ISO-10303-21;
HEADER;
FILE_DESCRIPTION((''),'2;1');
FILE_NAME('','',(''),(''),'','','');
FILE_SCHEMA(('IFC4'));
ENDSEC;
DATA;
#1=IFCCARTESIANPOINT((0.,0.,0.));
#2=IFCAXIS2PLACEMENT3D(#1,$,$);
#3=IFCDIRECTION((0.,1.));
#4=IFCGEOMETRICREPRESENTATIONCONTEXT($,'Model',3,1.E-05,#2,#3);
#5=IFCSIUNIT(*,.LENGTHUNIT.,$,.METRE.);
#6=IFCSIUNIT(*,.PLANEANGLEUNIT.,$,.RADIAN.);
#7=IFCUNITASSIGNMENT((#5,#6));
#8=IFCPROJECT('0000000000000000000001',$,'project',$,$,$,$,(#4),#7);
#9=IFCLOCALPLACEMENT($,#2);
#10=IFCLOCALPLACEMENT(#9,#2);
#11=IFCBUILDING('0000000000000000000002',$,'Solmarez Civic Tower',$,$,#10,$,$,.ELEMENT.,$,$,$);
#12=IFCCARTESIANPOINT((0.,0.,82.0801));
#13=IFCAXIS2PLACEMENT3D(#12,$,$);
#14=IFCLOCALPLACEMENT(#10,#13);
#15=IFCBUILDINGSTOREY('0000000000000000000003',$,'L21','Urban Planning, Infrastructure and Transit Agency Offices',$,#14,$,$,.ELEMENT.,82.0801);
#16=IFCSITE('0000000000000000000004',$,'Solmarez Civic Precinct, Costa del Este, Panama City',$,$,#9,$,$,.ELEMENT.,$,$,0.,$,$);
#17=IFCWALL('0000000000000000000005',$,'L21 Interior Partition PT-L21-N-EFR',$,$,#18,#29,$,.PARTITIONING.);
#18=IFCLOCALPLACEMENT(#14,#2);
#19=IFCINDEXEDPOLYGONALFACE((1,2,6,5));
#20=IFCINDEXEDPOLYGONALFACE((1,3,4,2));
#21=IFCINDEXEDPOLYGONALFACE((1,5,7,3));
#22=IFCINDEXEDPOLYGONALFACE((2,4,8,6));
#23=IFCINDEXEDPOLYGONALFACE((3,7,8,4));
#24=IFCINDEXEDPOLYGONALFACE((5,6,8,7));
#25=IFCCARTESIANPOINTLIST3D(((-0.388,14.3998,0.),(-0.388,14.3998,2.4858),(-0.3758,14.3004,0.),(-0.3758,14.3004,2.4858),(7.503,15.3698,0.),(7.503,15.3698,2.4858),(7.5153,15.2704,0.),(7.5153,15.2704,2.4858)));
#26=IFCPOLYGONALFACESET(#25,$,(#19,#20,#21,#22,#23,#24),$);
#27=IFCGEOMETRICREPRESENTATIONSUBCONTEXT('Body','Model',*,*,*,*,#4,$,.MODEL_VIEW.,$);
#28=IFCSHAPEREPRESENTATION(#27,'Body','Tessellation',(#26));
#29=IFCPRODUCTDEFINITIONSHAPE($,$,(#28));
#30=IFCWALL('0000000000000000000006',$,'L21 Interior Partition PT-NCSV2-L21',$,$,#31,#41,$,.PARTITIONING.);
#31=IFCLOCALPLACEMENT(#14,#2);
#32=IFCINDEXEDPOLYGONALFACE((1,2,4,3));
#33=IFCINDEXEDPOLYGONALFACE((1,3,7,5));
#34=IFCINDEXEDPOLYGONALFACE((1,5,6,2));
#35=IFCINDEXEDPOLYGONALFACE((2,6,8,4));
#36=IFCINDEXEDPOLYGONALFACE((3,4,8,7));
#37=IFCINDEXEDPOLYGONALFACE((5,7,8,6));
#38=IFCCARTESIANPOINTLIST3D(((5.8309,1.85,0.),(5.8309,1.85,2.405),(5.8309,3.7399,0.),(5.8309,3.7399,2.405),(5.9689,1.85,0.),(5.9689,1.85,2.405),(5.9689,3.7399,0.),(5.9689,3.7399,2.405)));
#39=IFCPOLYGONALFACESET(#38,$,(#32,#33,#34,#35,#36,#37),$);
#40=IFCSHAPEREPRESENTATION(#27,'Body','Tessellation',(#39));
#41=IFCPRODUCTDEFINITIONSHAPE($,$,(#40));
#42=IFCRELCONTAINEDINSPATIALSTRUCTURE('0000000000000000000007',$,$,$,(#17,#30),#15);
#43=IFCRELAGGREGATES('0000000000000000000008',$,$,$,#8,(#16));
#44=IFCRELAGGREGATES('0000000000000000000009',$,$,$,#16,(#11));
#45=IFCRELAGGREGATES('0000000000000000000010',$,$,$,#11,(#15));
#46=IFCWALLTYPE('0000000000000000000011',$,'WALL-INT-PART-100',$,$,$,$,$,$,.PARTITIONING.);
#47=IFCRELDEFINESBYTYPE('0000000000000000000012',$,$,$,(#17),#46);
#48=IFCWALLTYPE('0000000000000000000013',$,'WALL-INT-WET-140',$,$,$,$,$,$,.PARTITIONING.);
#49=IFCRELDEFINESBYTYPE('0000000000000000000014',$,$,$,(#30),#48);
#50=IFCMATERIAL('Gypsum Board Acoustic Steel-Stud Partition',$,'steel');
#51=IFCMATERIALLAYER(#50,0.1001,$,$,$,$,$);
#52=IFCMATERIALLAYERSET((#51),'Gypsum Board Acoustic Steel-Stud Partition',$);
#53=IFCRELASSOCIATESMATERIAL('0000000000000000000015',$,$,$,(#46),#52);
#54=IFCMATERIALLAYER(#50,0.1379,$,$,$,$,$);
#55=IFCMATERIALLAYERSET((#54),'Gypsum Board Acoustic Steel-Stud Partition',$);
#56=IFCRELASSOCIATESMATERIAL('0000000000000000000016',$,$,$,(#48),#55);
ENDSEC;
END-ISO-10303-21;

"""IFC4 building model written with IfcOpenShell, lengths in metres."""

from ifc_helpers import new_model, si_unit, direction, frame, frame_2d, origin, place, context, subcontext, project, spatial, rectangle, extrude, material, layer, layer_set, type_object, element, save


model = new_model("IFC4")

# Units and contexts
model_context = context("Model", 3, precision=1e-05, world=origin(), true_north=direction((0.0, 1.0)))
body_context = subcontext(model_context, "Body", "Model", "MODEL_VIEW")
ifc_project = project(units=[si_unit("LENGTHUNIT", "METRE"), si_unit("PLANEANGLEUNIT", "RADIAN")], contexts=[model_context])

# Site, building, storey
site_placement = place(None, origin())
site = spatial("IfcSite", under=ifc_project, at=site_placement, Name="Solmarez Civic Precinct, Costa del Este, Panama City", CompositionType="ELEMENT", RefElevation=0.0)
building_placement = place(site_placement, origin())
building = spatial("IfcBuilding", under=site, at=building_placement, Name="Solmarez Civic Tower", CompositionType="ELEMENT")
storey_placement = place(building_placement, frame((0.0, 0.0, 82.0801)))
storey = spatial("IfcBuildingStorey", under=building, at=storey_placement, Name="L21", Description="Urban Planning, Infrastructure and Transit Agency Offices", CompositionType="ELEMENT", Elevation=82.0801)

# Walls
ifc_material_1 = material(Name="Gypsum Board Acoustic Steel-Stud Partition", Category="steel")
ifc_layer_1 = layer(ifc_material_1, 0.1001)
ifc_layer_set_1 = layer_set([ifc_layer_1], Name="Gypsum Board Acoustic Steel-Stud Partition")
wall_type_1 = type_object("IfcWallType", Name="WALL-INT-PART-100", PredefinedType="PARTITIONING", material=ifc_layer_set_1)
wall_1_placement = place(storey_placement, frame((7.509, 15.3201, 0.0), z_axis=(0.0, 0.0, 1.0), x_axis=(-0.99253, -0.122001, 0.0)))
element("IfcWall", 1, at=wall_1_placement, inside=storey, type_object=wall_type_1, Name="L21 Interior Partition PT-L21-N-EFR", PredefinedType="PARTITIONING", context=body_context, shape_type="SweptSolid", body=[
    extrude(rectangle(XDim=7.9504, YDim=0.1001, at=frame_2d((3.9751, 0.0))), origin(), (0.0, 0.0, 1.0), 2.4858),
])
ifc_layer_2 = layer(ifc_material_1, 0.1379)
ifc_layer_set_2 = layer_set([ifc_layer_2], Name="Gypsum Board Acoustic Steel-Stud Partition")
wall_type_2 = type_object("IfcWallType", Name="WALL-INT-WET-140", PredefinedType="PARTITIONING", material=ifc_layer_set_2)
wall_2_placement = place(storey_placement, frame((5.8999, 1.8501, 0.0), z_axis=(0.0, 0.0, 1.0), x_axis=(0.0, 1.0, 0.0)))
element("IfcWall", 2, at=wall_2_placement, inside=storey, type_object=wall_type_2, Name="L21 Interior Partition PT-NCSV2-L21", PredefinedType="PARTITIONING", context=body_context, shape_type="SweptSolid", body=[
    extrude(rectangle(XDim=1.8899, YDim=0.1379, at=frame_2d((0.9448, 0.0))), origin(), (0.0, 0.0, 1.0), 2.405),
])

save(model, "model.ifc")
